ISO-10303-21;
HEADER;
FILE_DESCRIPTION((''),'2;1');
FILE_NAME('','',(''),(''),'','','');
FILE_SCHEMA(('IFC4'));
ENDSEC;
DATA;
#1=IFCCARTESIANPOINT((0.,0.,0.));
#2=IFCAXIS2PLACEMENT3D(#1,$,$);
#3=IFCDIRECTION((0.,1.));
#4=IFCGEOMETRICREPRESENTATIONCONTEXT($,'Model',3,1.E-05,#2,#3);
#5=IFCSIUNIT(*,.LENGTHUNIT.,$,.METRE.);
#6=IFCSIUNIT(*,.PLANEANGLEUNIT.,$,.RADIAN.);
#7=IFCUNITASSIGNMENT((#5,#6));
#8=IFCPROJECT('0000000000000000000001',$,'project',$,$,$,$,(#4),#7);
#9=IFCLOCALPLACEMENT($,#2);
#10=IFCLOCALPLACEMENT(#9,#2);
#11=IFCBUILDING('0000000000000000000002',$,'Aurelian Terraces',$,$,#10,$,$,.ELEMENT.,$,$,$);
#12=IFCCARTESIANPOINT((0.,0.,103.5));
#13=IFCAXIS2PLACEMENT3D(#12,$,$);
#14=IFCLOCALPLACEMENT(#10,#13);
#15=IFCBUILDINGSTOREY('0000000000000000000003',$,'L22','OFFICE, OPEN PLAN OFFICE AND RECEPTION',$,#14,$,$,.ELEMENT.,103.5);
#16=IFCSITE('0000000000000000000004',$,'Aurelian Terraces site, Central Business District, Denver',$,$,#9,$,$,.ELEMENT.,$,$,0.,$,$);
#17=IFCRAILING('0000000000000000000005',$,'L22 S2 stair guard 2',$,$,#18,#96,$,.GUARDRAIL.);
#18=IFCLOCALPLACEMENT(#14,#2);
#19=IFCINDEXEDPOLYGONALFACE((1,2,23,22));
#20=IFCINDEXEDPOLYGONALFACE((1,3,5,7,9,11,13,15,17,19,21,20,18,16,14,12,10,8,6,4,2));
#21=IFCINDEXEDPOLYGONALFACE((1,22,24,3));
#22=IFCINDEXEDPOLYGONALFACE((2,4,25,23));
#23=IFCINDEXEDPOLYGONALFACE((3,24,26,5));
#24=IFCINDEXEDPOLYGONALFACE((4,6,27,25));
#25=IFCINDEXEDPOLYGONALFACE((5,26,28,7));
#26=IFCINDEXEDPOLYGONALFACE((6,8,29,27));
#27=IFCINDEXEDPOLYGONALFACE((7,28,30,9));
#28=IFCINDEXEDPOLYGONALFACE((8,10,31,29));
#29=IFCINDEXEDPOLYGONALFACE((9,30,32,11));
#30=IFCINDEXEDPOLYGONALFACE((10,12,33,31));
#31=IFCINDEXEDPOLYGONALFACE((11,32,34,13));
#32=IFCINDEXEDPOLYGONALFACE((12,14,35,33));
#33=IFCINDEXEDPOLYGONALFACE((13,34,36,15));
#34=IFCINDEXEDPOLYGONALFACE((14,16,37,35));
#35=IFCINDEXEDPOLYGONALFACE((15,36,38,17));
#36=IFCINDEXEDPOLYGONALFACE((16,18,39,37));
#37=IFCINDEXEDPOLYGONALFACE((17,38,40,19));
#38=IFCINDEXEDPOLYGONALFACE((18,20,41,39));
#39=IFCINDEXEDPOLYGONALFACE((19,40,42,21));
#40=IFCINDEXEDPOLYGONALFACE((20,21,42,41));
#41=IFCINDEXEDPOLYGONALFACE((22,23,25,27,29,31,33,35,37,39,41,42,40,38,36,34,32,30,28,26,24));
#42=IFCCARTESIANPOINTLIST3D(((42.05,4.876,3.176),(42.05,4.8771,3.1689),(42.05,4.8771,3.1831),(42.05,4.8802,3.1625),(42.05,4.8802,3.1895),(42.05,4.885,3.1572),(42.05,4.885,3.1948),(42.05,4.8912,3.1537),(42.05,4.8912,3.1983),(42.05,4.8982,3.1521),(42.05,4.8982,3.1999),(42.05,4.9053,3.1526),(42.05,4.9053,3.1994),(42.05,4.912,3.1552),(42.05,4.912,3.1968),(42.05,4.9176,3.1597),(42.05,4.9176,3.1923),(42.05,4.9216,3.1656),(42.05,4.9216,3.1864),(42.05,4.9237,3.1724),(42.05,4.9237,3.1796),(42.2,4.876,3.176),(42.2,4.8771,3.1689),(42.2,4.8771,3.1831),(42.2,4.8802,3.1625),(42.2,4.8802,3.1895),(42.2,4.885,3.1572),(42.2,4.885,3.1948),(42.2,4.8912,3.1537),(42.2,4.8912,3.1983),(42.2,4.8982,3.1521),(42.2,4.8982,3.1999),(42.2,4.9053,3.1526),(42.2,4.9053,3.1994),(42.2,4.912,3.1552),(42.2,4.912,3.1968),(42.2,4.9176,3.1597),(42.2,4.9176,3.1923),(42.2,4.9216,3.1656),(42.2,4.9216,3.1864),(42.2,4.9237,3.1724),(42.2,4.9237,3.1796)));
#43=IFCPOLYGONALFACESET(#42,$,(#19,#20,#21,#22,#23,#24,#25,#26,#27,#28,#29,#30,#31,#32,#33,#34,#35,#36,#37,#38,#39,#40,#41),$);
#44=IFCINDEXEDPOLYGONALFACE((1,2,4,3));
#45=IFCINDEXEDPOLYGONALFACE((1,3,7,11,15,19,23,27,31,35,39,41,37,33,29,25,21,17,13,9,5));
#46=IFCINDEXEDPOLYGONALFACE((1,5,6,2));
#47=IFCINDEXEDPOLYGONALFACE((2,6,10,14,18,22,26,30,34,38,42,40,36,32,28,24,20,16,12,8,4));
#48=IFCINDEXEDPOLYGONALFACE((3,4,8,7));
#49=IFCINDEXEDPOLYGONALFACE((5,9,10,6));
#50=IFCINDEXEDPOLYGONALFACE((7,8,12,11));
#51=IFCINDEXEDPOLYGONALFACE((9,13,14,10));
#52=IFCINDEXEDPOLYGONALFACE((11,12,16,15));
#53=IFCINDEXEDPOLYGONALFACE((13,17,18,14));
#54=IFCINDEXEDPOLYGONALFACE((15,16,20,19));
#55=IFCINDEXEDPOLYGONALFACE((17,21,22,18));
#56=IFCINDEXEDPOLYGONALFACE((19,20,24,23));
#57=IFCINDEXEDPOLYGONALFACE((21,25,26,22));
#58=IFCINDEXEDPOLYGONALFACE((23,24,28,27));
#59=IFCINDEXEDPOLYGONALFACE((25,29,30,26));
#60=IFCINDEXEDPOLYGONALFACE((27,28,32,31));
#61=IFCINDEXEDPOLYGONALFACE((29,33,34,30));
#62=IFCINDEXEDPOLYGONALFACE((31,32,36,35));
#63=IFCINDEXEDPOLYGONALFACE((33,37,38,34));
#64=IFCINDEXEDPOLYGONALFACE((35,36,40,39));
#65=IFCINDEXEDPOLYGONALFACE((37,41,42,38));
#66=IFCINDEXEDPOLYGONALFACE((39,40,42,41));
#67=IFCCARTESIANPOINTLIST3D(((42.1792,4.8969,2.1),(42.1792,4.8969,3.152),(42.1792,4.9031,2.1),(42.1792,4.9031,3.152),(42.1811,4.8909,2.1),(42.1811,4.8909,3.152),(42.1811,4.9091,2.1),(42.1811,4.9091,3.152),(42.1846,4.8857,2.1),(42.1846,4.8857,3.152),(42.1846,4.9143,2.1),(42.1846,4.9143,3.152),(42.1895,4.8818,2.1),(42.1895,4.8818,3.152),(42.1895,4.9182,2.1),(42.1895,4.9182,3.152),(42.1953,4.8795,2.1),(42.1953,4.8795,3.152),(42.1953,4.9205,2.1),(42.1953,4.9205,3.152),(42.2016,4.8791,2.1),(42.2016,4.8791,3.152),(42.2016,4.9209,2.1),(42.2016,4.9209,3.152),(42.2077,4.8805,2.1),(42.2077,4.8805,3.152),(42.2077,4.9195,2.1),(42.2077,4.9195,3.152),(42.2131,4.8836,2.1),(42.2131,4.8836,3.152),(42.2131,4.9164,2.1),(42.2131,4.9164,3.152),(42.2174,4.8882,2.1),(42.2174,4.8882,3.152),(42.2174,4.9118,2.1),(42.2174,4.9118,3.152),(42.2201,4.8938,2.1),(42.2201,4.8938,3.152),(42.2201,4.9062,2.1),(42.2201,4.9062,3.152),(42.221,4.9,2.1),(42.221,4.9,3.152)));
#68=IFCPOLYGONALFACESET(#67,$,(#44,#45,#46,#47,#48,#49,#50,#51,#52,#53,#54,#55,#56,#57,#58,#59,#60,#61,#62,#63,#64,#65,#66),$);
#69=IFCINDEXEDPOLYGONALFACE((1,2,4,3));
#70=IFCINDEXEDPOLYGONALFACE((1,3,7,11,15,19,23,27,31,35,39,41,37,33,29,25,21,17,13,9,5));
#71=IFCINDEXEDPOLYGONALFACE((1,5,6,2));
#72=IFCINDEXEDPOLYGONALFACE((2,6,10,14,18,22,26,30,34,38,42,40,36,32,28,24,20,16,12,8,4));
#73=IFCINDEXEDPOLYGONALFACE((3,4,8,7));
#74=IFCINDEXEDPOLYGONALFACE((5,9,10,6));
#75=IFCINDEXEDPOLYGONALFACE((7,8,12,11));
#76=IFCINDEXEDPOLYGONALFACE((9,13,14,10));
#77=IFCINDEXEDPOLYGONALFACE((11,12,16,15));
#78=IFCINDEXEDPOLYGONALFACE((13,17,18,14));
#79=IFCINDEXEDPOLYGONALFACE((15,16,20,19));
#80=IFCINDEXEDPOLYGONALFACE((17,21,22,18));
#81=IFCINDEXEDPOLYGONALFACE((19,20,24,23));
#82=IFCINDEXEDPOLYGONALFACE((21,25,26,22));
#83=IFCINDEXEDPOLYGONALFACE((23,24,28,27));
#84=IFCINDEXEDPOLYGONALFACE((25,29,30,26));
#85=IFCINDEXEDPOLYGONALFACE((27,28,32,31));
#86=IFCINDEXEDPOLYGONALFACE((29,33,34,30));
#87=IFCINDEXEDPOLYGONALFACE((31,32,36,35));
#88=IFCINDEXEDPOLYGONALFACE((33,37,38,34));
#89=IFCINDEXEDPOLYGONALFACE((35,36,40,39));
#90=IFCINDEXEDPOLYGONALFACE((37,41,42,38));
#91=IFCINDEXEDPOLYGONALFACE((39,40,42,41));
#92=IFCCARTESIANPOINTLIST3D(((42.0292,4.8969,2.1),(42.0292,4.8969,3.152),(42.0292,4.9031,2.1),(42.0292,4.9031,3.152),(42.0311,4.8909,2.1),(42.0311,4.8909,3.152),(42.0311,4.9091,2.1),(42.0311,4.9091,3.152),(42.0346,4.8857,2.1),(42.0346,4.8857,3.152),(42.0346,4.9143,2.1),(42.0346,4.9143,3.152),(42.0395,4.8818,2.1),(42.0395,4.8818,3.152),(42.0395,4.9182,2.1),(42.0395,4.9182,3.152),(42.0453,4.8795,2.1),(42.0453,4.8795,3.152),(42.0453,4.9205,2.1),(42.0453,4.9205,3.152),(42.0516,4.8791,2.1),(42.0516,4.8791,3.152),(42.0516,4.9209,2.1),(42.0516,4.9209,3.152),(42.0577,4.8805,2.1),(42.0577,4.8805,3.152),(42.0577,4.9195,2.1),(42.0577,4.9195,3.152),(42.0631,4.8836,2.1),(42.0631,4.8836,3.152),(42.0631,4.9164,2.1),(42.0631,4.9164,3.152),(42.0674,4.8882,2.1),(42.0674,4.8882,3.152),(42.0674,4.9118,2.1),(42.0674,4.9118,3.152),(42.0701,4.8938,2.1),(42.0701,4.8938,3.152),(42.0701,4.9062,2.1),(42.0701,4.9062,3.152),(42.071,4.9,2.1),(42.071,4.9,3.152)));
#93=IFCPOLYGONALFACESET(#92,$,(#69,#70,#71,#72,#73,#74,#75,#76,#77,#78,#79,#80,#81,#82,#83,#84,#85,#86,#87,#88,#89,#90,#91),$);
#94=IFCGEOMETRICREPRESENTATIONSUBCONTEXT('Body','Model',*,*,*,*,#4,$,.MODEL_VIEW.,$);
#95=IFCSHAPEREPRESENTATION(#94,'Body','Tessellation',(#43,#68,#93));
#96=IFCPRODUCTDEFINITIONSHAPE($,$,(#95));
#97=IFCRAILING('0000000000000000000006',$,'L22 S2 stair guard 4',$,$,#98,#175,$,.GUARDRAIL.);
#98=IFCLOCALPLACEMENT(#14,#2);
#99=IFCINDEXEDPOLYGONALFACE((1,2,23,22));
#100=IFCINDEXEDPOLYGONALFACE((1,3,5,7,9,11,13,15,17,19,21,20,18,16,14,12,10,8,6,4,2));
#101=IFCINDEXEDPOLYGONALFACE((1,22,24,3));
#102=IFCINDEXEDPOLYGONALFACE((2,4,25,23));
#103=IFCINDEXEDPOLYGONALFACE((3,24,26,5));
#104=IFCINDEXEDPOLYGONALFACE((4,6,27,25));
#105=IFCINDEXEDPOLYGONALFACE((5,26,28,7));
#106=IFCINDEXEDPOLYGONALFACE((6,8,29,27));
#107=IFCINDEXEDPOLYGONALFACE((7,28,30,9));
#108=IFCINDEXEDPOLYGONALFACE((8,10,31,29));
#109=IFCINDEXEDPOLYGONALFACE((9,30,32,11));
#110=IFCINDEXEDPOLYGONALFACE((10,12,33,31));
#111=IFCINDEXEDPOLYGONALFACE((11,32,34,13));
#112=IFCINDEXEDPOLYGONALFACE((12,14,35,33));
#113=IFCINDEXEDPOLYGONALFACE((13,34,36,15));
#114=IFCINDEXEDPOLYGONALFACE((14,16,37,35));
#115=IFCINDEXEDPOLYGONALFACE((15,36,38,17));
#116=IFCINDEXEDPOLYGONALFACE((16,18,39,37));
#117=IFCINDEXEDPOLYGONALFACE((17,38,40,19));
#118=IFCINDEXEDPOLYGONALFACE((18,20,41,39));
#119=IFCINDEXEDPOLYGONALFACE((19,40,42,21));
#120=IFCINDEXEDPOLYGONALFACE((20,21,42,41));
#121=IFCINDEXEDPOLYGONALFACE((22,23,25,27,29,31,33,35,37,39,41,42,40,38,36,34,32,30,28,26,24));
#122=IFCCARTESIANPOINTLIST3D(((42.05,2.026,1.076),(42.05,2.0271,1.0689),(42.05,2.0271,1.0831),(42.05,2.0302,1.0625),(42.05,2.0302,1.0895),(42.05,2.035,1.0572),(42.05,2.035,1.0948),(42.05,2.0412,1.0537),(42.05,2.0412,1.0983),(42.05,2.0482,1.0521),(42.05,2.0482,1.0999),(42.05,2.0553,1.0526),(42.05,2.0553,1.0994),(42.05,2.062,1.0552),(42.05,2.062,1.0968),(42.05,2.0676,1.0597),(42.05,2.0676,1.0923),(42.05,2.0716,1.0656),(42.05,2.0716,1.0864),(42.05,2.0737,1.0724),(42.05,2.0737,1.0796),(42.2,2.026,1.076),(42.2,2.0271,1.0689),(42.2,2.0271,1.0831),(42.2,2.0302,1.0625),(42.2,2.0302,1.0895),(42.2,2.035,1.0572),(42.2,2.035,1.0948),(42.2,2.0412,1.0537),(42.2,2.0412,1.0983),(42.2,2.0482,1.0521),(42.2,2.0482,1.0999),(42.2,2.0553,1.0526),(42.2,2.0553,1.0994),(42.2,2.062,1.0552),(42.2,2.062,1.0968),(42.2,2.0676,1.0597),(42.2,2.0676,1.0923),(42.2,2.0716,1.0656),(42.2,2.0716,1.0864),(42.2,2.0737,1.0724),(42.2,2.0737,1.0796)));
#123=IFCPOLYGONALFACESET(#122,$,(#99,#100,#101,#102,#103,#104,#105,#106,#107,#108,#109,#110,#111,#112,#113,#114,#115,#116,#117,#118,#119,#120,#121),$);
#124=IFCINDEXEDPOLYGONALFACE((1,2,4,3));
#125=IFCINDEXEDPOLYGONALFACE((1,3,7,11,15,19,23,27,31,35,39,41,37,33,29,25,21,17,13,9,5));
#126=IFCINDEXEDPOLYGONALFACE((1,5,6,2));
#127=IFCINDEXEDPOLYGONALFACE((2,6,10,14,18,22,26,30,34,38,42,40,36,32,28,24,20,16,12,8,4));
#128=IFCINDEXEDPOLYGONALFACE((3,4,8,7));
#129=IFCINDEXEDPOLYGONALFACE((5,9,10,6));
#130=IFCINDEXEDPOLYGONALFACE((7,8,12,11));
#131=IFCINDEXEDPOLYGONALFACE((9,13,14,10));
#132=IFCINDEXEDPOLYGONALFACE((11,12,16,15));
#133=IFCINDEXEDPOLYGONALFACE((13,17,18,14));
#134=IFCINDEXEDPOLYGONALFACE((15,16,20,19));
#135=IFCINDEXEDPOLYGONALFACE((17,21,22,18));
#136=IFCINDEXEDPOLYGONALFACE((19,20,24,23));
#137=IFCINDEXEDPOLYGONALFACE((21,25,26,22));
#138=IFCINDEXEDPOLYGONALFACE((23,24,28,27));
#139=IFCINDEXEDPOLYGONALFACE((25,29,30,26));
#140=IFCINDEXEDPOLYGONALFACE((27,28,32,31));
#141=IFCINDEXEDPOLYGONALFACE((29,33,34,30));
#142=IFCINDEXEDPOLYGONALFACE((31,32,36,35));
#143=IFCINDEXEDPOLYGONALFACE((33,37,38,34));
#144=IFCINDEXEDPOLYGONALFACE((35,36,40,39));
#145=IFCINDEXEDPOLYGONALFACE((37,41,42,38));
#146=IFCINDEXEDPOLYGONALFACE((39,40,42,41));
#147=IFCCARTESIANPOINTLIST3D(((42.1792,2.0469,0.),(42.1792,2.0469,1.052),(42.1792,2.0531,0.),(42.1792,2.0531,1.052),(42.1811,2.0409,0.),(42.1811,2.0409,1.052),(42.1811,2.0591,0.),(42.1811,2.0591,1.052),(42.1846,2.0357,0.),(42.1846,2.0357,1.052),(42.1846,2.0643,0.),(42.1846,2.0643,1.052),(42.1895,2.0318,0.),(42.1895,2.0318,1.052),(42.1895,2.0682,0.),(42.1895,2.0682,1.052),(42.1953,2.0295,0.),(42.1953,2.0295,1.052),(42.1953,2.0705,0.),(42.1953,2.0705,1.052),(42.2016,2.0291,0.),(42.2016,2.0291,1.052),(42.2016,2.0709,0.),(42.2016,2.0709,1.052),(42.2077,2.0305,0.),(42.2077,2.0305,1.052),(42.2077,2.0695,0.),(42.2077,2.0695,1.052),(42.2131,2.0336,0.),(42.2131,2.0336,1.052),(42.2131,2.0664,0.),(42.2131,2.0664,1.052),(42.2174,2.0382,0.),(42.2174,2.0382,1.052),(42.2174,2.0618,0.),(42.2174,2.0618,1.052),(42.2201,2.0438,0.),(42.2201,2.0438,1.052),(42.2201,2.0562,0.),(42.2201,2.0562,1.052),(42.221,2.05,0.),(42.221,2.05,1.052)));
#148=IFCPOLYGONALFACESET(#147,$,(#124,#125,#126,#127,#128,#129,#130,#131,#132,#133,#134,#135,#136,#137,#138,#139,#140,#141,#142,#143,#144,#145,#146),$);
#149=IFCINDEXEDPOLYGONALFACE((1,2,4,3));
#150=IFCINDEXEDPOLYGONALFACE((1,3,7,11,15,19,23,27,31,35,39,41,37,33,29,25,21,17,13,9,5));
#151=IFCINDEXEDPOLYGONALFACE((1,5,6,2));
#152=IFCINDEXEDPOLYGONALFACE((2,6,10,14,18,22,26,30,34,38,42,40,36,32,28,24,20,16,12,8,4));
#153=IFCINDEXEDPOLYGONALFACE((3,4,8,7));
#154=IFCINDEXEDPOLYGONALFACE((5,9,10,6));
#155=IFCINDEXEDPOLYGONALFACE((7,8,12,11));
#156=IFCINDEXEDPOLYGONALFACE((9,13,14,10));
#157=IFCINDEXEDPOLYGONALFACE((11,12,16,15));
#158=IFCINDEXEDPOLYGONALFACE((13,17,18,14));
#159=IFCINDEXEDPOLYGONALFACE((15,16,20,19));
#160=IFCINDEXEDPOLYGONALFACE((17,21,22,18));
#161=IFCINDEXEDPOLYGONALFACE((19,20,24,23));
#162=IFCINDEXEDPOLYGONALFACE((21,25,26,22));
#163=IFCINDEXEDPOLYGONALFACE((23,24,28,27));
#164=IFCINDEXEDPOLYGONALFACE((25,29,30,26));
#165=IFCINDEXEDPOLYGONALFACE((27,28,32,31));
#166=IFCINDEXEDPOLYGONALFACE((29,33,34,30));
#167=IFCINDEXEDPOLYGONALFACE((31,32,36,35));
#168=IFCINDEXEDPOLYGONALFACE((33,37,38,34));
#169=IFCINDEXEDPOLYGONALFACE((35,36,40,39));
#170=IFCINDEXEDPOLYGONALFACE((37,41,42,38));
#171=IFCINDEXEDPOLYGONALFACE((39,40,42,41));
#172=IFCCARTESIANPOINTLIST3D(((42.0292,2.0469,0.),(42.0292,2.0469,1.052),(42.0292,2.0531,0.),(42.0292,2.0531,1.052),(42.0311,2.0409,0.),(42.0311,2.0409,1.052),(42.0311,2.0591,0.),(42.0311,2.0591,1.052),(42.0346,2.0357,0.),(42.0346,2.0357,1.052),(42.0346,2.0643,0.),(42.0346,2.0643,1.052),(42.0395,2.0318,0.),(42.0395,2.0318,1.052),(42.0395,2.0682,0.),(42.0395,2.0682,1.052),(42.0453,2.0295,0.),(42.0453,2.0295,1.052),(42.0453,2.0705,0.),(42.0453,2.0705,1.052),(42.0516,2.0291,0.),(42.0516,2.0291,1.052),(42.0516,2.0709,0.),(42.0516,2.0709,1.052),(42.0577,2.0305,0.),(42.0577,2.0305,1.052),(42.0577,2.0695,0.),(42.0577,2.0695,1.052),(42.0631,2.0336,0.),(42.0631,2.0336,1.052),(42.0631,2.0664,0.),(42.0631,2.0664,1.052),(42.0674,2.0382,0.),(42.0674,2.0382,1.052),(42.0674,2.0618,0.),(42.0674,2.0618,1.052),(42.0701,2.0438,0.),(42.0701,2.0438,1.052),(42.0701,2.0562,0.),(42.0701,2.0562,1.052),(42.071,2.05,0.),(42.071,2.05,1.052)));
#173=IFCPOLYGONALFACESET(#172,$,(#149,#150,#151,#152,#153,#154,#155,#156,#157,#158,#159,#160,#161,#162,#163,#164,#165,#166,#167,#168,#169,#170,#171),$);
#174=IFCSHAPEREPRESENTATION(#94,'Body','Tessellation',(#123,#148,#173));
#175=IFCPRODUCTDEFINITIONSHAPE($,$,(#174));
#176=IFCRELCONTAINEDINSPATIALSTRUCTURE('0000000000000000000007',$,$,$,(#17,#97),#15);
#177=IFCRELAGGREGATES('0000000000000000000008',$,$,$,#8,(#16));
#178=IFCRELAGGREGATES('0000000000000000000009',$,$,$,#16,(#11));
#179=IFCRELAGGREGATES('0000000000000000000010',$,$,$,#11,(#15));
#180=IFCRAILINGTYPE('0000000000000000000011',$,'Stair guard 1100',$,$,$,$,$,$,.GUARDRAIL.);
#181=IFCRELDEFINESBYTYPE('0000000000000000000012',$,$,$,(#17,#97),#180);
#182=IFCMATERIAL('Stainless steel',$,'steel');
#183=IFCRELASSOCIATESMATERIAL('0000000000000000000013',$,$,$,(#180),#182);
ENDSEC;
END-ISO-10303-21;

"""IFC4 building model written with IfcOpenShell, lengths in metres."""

from ifc_helpers import new_model, si_unit, direction, frame, origin, origin_2d, place, context, subcontext, project, spatial, circle, extrude, source, transform, mapped, material, type_object, element, save


model = new_model("IFC4")

# Units and contexts
model_context = context("Model", 3, precision=1e-05, world=origin(), true_north=direction((0.0, 1.0)))
body_context = subcontext(model_context, "Body", "Model", "MODEL_VIEW")
ifc_project = project(units=[si_unit("LENGTHUNIT", "METRE"), si_unit("PLANEANGLEUNIT", "RADIAN")], contexts=[model_context])

# Site, building, storey
site_placement = place(None, origin())
site = spatial("IfcSite", under=ifc_project, at=site_placement, Name="Aurelian Terraces site, Central Business District, Denver", CompositionType="ELEMENT", RefElevation=0.0)
building_placement = place(site_placement, origin())
building = spatial("IfcBuilding", under=site, at=building_placement, Name="Aurelian Terraces", CompositionType="ELEMENT")
storey_placement = place(building_placement, frame((0.0, 0.0, 103.5)))
storey = spatial("IfcBuildingStorey", under=building, at=storey_placement, Name="L22", Description="OFFICE, OPEN PLAN OFFICE AND RECEPTION", CompositionType="ELEMENT", Elevation=103.5)

# Railings
ifc_material_1 = material(Name="Stainless steel", Category="steel")
railing_type_1 = type_object("IfcRailingType", Name="Stair guard 1100", PredefinedType="GUARDRAIL", material=ifc_material_1)
shared_shape_1 = source(origin(), body_context, "Body", "SweptSolid", [
    extrude(circle(Radius=0.024, at=origin_2d()), frame((0.0, 0.0, 1.076), z_axis=(-1.0, 0.0, 0.0), x_axis=(0.0, -1.0, 0.0)), (0.0, 0.0, 1.0), 0.15),
    extrude(circle(Radius=0.021, at=origin_2d()), origin(), (0.0, 0.0, 1.0), 1.052),
    extrude(circle(Radius=0.021, at=origin_2d()), frame((-0.15, 0.0, 0.0)), (0.0, 0.0, 1.0), 1.052),
])
for number, where, name in (
    (1, (42.2, 4.9, 2.1), "L22 S2 stair guard 2"),
    (2, (42.2, 2.05, 0.0), "L22 S2 stair guard 4"),
):
    element("IfcRailing", number, at=place(storey_placement, frame(where)), inside=storey, type_object=railing_type_1, Name=name, PredefinedType="GUARDRAIL", context=body_context, shape_type="MappedRepresentation", body=[
        mapped(shared_shape_1, transform((0.0, 0.0, 0.0), scale=1.0)),
    ])

save(model, "model.ifc")
